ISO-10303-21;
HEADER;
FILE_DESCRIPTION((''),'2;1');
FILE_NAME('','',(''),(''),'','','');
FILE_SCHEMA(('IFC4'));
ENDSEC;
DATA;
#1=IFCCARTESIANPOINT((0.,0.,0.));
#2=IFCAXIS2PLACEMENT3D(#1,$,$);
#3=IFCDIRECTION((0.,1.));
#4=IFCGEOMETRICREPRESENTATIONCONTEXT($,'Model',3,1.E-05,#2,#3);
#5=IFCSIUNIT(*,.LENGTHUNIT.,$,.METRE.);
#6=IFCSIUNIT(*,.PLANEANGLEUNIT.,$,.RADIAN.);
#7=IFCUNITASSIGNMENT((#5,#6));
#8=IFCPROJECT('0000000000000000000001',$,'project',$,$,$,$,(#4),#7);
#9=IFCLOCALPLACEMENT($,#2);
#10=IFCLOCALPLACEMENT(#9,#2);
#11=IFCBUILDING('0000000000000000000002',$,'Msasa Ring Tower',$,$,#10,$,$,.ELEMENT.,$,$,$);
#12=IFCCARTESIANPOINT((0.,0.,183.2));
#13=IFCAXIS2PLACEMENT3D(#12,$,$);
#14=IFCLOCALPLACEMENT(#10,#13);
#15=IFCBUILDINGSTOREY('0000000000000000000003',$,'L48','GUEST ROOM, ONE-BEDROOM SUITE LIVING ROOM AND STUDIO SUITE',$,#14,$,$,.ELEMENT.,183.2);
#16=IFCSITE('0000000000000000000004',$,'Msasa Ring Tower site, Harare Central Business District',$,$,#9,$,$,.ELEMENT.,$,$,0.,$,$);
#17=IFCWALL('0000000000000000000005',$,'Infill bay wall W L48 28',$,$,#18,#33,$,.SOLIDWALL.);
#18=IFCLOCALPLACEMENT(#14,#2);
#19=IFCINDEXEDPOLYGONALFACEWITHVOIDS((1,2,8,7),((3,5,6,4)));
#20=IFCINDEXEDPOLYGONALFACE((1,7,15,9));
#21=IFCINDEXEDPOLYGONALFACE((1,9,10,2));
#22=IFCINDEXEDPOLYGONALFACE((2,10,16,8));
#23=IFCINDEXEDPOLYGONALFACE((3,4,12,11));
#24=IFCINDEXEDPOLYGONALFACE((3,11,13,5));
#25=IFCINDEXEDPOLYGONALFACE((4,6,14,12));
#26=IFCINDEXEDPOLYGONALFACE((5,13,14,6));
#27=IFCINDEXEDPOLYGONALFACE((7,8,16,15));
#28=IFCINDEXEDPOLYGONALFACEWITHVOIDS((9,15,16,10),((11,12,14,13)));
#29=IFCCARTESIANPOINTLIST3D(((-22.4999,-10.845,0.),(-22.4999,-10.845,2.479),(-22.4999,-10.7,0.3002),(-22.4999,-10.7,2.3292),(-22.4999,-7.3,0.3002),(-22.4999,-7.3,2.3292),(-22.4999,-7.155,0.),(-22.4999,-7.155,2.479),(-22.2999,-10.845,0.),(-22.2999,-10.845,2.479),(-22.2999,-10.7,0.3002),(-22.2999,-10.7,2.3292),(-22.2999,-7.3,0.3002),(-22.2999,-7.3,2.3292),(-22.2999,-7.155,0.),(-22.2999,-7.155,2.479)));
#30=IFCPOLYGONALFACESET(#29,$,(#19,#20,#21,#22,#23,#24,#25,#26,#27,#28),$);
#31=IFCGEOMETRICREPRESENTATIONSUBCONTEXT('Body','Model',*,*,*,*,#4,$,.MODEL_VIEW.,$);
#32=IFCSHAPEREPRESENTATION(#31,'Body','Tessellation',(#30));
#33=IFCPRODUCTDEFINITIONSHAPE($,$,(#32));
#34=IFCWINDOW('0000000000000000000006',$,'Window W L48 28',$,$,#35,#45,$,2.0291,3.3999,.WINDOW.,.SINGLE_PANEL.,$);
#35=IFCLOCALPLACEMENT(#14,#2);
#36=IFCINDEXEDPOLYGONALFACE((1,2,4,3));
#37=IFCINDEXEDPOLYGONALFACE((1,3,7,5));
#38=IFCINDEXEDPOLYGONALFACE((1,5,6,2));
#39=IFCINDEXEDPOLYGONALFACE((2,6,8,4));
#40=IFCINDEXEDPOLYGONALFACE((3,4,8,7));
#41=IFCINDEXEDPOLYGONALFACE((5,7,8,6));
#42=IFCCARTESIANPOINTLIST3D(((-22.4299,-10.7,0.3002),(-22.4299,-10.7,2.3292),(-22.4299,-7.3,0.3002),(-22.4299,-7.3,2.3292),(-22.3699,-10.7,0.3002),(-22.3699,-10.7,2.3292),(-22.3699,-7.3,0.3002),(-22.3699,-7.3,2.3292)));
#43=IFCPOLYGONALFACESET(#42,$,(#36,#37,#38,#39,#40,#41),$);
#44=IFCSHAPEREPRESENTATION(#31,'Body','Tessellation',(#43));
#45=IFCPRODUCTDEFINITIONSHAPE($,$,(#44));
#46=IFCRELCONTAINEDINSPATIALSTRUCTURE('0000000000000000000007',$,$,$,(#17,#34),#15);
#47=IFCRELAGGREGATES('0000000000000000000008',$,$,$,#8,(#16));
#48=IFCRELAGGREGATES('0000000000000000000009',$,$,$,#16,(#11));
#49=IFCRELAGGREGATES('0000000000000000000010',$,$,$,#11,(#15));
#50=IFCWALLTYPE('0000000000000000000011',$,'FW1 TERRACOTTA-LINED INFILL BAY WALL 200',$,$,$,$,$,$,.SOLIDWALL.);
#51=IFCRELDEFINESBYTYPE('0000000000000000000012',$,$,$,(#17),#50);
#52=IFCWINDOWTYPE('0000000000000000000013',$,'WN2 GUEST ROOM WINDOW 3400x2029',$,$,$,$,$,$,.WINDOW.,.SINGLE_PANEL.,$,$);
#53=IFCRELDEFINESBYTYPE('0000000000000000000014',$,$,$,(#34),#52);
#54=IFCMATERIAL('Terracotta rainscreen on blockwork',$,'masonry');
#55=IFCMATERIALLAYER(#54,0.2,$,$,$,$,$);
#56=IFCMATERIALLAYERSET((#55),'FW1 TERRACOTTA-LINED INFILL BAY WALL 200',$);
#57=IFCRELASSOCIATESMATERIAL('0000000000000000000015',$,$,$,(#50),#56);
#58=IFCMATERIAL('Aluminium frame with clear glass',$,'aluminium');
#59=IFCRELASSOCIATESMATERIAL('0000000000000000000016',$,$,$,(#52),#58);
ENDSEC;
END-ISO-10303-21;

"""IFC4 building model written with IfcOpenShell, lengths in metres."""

from ifc_helpers import new_model, si_unit, direction, frame, frame_2d, origin, place, context, subcontext, project, spatial, rectangle, extrude, material, layer, layer_set, type_object, element, fill, save


model = new_model("IFC4")

# Units and contexts
model_context = context("Model", 3, precision=1e-05, world=origin(), true_north=direction((0.0, 1.0)))
body_context = subcontext(model_context, "Body", "Model", "MODEL_VIEW")
ifc_project = project(units=[si_unit("LENGTHUNIT", "METRE"), si_unit("PLANEANGLEUNIT", "RADIAN")], contexts=[model_context])

# Site, building, storey
site_placement = place(None, origin())
site = spatial("IfcSite", under=ifc_project, at=site_placement, Name="Msasa Ring Tower site, Harare Central Business District", CompositionType="ELEMENT", RefElevation=0.0)
building_placement = place(site_placement, origin())
building = spatial("IfcBuilding", under=site, at=building_placement, Name="Msasa Ring Tower", CompositionType="ELEMENT")
storey_placement = place(building_placement, frame((0.0, 0.0, 183.2)))
storey = spatial("IfcBuildingStorey", under=building, at=storey_placement, Name="L48", Description="GUEST ROOM, ONE-BEDROOM SUITE LIVING ROOM AND STUDIO SUITE", CompositionType="ELEMENT", Elevation=183.2)

# Wall, opening, window
ifc_material_1 = material(Name="Terracotta rainscreen on blockwork", Category="masonry")
ifc_layer = layer(ifc_material_1, 0.2)
ifc_layer_set = layer_set([ifc_layer], Name="FW1 TERRACOTTA-LINED INFILL BAY WALL 200")
wall_type = type_object("IfcWallType", Name="FW1 TERRACOTTA-LINED INFILL BAY WALL 200", PredefinedType="SOLIDWALL", material=ifc_layer_set)
ifc_material_2 = material(Name="Aluminium frame with clear glass", Category="aluminium")
window_type = type_object("IfcWindowType", Name="WN2 GUEST ROOM WINDOW 3400x2029", PartitioningType="SINGLE_PANEL", PredefinedType="WINDOW", material=ifc_material_2)
wall_1_placement = place(storey_placement, frame((-22.3999, -10.845, 0.0), z_axis=(0.0, 0.0, 1.0), x_axis=(0.0, 1.0, 0.0)))
wall_1 = element("IfcWall", 1, at=wall_1_placement, inside=storey, type_object=wall_type, Name="Infill bay wall W L48 28", PredefinedType="SOLIDWALL", context=body_context, shape_type="SweptSolid", body=[
    extrude(rectangle(XDim=3.6899, YDim=0.2, at=frame_2d((1.845, 0.0))), origin(), (0.0, 0.0, 1.0), 2.479),
])
opening_1_placement = place(wall_1_placement, frame((0.145, 0.0, 0.3)))
opening_1 = element("IfcOpeningElement", 2, at=opening_1_placement, cuts=wall_1, PredefinedType="OPENING", context=body_context, shape_type="SweptSolid", body=[
    extrude(rectangle(XDim=3.3999, YDim=2.0291, at=frame_2d((1.7, 1.0146))), frame((0.0, 0.1099, 0.0), z_axis=(0.0, -1.0, 0.0), x_axis=(1.0, 0.0, 0.0)), (0.0, 0.0, 1.0), 0.22),
])
window_1_placement = place(opening_1_placement, origin())
window_1 = element("IfcWindow", 3, at=window_1_placement, inside=storey, type_object=window_type, Name="Window W L48 28", OverallHeight=2.0291, OverallWidth=3.3999, PartitioningType="SINGLE_PANEL", PredefinedType="WINDOW", context=body_context, shape_type="SweptSolid", body=[
    extrude(rectangle(XDim=3.3999, YDim=2.0291, at=frame_2d((1.7, 1.0146))), frame((0.0, 0.03, 0.0), z_axis=(0.0, -1.0, 0.0), x_axis=(1.0, 0.0, 0.0)), (0.0, 0.0, 1.0), 0.0601),
])
fill(opening_1, window_1)

save(model, "model.ifc")
